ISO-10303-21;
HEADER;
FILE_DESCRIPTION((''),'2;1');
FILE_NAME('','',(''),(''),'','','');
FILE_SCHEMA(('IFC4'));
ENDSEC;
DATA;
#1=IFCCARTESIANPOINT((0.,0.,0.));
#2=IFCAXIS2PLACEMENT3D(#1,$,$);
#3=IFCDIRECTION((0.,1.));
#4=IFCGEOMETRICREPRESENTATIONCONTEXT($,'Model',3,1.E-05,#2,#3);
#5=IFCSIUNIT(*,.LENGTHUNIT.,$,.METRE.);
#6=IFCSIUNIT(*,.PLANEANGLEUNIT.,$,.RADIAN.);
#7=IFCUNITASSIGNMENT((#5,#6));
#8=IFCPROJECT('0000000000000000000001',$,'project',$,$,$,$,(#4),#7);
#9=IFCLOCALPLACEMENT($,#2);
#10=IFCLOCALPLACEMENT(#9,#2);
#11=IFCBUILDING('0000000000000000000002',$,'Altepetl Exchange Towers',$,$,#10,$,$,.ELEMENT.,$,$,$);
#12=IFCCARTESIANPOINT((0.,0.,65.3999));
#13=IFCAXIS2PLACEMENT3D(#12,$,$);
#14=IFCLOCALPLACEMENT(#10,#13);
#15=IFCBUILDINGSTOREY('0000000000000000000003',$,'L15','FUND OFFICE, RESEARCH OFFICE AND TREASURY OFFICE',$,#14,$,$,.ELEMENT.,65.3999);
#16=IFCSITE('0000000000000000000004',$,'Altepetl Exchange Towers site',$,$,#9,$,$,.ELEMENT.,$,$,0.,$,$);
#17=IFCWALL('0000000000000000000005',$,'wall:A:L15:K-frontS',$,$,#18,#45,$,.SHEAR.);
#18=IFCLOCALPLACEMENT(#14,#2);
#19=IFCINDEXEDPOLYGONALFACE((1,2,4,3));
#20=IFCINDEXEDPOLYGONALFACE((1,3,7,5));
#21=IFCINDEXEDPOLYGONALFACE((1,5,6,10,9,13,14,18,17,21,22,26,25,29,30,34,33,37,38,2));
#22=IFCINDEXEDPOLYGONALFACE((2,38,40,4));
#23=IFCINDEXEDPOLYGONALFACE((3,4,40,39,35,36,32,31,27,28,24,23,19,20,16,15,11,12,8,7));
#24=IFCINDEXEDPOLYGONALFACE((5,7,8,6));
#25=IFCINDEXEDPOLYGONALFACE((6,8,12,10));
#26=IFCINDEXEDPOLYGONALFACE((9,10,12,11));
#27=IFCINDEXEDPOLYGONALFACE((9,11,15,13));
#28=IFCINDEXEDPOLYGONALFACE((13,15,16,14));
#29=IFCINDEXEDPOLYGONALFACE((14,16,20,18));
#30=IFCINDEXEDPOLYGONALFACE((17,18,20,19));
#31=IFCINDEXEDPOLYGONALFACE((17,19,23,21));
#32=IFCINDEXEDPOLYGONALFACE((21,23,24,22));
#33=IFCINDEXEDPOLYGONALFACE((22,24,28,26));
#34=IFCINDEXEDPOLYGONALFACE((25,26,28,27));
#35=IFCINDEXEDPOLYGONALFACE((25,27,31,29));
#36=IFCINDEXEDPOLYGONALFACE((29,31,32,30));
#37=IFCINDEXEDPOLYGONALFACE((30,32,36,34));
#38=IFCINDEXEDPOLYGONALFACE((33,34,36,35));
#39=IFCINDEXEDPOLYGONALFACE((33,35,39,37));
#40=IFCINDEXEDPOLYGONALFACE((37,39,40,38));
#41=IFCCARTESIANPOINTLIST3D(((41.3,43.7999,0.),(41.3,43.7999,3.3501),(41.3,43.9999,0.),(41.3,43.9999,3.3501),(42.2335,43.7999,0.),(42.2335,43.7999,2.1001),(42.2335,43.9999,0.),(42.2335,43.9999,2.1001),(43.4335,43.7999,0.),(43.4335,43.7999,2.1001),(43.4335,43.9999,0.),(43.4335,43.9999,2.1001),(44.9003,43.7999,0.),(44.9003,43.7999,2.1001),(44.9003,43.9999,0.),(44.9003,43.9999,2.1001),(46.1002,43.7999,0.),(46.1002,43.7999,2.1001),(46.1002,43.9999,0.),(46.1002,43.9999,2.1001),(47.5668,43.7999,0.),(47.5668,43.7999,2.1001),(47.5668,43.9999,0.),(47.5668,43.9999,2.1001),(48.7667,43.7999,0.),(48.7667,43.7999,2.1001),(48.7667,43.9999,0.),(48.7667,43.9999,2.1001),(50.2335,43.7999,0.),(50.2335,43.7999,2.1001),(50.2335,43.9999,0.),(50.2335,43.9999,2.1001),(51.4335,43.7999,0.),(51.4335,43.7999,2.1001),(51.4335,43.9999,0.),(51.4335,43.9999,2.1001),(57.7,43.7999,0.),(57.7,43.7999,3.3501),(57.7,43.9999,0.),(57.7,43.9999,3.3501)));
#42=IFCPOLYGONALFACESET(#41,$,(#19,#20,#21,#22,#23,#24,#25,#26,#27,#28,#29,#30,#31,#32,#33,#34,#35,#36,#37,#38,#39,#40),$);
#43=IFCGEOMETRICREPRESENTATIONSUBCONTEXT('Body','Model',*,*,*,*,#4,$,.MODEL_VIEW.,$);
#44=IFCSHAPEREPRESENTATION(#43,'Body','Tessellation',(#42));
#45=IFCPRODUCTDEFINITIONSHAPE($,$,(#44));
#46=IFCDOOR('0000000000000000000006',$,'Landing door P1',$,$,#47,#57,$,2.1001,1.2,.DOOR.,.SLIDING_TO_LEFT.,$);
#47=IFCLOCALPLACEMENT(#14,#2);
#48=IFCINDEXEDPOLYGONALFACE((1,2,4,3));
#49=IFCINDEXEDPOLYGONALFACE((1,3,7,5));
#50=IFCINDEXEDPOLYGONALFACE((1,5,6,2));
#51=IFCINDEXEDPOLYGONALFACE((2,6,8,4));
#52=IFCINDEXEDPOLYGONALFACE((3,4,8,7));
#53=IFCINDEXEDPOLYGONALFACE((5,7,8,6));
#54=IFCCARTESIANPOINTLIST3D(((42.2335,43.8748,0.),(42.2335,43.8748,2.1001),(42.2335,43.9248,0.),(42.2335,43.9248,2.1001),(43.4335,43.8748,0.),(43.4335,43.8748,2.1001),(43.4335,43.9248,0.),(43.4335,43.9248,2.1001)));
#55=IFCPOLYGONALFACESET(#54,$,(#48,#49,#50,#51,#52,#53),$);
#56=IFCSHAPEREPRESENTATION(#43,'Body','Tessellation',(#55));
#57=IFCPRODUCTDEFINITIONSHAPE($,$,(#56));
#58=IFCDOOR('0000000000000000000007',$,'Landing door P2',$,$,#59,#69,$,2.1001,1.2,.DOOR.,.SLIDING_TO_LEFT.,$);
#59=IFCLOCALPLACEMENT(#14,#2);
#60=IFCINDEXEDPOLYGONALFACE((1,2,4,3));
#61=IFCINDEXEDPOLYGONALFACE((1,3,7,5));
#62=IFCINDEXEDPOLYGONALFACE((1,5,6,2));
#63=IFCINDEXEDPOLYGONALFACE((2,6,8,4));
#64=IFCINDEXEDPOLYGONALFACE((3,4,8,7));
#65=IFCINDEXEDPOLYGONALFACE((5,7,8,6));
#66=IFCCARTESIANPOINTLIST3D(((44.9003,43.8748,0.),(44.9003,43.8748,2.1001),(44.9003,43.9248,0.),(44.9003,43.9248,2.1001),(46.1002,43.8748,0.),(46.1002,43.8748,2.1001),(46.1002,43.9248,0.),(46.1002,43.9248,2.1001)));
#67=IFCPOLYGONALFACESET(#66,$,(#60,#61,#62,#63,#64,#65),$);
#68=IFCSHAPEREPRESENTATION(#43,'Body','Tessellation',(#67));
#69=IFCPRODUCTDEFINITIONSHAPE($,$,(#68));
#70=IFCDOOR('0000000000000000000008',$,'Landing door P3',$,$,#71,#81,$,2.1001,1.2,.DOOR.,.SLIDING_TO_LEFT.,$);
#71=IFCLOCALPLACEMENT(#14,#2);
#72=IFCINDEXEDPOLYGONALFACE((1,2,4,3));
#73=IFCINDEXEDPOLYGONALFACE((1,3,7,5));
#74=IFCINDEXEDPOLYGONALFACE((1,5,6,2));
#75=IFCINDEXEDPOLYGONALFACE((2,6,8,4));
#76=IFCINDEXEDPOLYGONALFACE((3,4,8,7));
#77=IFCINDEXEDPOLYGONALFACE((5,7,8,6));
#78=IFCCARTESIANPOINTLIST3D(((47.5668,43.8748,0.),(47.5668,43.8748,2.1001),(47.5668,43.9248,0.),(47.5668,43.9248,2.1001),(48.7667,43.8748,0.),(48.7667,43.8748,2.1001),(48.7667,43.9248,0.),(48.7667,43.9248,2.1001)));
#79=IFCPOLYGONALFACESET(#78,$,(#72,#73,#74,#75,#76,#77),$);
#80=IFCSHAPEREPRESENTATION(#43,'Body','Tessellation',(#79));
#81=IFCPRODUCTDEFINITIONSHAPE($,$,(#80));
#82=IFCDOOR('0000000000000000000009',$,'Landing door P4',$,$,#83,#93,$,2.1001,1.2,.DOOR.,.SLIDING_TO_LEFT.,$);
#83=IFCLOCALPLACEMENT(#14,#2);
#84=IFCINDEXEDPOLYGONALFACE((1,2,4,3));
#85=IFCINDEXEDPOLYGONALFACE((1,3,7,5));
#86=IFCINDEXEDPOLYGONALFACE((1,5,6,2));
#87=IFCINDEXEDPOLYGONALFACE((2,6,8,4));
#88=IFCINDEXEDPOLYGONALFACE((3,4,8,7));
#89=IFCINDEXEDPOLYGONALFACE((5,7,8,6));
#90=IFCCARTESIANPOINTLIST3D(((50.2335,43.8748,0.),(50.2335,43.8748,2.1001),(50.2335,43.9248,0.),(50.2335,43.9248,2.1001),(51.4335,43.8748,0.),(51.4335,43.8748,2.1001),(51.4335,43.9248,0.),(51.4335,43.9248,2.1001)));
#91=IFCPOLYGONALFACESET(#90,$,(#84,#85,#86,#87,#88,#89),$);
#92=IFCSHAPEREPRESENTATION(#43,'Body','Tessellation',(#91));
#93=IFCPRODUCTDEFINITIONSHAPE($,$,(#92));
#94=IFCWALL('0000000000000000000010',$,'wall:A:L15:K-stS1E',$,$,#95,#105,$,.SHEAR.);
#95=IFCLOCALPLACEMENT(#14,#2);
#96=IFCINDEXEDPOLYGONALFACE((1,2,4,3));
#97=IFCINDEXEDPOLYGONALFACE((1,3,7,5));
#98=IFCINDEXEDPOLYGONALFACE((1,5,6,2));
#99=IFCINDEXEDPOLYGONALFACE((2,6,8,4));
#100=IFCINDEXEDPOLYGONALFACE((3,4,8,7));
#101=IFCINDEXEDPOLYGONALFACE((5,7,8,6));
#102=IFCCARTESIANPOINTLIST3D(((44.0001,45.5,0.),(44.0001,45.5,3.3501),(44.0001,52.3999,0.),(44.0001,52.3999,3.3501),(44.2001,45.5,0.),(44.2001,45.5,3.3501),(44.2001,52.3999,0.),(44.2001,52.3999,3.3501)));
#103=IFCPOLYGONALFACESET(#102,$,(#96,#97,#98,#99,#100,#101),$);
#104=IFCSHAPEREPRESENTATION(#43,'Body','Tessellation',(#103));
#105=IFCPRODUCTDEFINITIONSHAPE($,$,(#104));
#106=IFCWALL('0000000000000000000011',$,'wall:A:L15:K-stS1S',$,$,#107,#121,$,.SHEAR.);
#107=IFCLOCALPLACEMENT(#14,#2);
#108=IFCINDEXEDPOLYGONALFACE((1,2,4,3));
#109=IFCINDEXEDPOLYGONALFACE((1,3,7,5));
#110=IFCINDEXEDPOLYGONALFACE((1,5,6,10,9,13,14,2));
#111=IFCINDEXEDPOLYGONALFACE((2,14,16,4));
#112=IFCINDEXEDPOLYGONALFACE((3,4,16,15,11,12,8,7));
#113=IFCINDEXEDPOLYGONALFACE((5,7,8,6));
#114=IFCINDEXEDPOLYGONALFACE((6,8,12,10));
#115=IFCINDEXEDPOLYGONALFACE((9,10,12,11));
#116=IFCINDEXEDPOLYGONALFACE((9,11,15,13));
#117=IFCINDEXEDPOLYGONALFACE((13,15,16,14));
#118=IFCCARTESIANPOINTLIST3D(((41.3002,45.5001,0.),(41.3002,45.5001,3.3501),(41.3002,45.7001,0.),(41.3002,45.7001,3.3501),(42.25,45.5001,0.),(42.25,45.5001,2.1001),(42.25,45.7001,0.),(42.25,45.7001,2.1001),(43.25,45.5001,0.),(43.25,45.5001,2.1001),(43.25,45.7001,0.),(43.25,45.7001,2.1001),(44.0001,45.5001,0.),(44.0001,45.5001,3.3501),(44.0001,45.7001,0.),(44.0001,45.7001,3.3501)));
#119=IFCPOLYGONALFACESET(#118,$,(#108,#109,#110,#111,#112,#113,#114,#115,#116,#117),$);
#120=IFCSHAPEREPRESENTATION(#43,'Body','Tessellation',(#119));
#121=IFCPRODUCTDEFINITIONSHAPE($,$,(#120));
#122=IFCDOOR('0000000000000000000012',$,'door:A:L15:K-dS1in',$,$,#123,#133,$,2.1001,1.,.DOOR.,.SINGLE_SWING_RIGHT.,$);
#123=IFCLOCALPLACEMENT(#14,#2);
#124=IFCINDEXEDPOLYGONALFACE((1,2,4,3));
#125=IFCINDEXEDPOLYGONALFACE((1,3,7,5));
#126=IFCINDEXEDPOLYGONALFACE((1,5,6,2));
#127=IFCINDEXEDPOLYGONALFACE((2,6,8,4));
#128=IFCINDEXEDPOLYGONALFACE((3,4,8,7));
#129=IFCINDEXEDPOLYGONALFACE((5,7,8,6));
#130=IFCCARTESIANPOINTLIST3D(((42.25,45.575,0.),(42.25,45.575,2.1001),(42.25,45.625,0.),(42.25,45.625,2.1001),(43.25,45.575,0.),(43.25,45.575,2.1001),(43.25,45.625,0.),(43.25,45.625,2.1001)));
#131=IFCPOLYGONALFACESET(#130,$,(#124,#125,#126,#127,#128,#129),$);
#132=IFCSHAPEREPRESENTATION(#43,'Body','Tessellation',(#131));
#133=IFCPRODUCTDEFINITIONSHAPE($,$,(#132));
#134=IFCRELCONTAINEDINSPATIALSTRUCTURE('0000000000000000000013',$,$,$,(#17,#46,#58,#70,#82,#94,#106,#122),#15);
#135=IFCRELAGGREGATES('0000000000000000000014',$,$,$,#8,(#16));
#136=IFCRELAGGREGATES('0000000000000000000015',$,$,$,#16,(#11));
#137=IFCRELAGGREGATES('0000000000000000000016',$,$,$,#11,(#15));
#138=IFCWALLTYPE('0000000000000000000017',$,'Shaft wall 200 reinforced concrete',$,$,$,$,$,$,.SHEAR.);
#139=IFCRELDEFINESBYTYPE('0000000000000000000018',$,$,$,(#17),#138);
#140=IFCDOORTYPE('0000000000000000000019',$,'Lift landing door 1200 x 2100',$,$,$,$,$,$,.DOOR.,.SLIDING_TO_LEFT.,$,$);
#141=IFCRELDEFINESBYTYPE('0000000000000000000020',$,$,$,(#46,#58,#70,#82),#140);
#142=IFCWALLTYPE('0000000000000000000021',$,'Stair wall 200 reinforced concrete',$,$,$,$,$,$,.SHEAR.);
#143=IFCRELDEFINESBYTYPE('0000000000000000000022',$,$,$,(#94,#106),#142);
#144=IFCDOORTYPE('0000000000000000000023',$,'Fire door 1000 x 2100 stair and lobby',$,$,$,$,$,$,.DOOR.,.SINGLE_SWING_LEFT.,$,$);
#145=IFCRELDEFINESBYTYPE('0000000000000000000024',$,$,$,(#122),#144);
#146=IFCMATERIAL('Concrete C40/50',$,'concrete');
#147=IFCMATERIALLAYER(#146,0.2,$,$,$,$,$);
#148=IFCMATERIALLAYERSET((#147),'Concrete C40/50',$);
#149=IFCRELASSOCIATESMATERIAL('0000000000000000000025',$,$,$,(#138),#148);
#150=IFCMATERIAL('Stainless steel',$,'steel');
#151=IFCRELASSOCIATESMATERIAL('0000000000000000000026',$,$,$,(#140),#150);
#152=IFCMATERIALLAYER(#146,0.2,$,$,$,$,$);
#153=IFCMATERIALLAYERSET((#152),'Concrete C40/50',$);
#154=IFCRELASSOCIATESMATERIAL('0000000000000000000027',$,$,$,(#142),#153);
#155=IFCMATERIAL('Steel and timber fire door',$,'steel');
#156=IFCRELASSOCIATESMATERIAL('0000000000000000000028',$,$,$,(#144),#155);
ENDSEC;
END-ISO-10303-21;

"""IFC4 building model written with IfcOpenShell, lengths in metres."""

from ifc_helpers import new_model, si_unit, direction, frame, frame_2d, origin, place, context, subcontext, project, spatial, rectangle, extrude, material, layer, layer_set, type_object, element, fill, save


model = new_model("IFC4")

# Units and contexts
model_context = context("Model", 3, precision=1e-05, world=origin(), true_north=direction((0.0, 1.0)))
body_context = subcontext(model_context, "Body", "Model", "MODEL_VIEW")
ifc_project = project(units=[si_unit("LENGTHUNIT", "METRE"), si_unit("PLANEANGLEUNIT", "RADIAN")], contexts=[model_context])

# Site, building, storey
site_placement = place(None, origin())
site = spatial("IfcSite", under=ifc_project, at=site_placement, Name="Altepetl Exchange Towers site", CompositionType="ELEMENT", RefElevation=0.0)
building_placement = place(site_placement, origin())
building = spatial("IfcBuilding", under=site, at=building_placement, Name="Altepetl Exchange Towers", CompositionType="ELEMENT")
storey_placement = place(building_placement, frame((0.0, 0.0, 65.3999)))
storey = spatial("IfcBuildingStorey", under=building, at=storey_placement, Name="L15", Description="FUND OFFICE, RESEARCH OFFICE AND TREASURY OFFICE", CompositionType="ELEMENT", Elevation=65.3999)

# Shared definitions
ifc_material_1 = material(Name="Steel and timber fire door", Category="steel")

# Shared definitions
ifc_material_2 = material(Name="Concrete C40/50", Category="concrete")
ifc_layer_1 = layer(ifc_material_2, 0.2)
ifc_layer_set_1 = layer_set([ifc_layer_1], Name="Concrete C40/50")
wall_type_1 = type_object("IfcWallType", Name="Shaft wall 200 reinforced concrete", PredefinedType="SHEAR", material=ifc_layer_set_1)

# Wall, openings, doors
wall_1_placement = place(storey_placement, frame((41.3, 43.8999, 0.0)))
wall_1 = element("IfcWall", 1, at=wall_1_placement, inside=storey, type_object=wall_type_1, Name="wall:A:L15:K-frontS", PredefinedType="SHEAR", context=body_context, shape_type="SweptSolid", body=[
    extrude(rectangle(XDim=16.3999, YDim=0.2, at=frame_2d((8.2, 0.0))), origin(), (0.0, 0.0, 1.0), 3.3501),
])
opening_1_placement = place(wall_1_placement, frame((0.9333, 0.0, 0.0)))
opening_1 = element("IfcOpeningElement", 2, at=opening_1_placement, cuts=wall_1, PredefinedType="OPENING", context=body_context, shape_type="SweptSolid", body=[
    extrude(rectangle(XDim=1.2, YDim=2.1001, at=frame_2d((0.6001, 1.05))), frame((0.0, 0.1099, 0.0), z_axis=(0.0, -1.0, 0.0), x_axis=(1.0, 0.0, 0.0)), (0.0, 0.0, 1.0), 0.22),
])
opening_2_placement = place(wall_1_placement, frame((3.6001, 0.0, 0.0)))
opening_2 = element("IfcOpeningElement", 3, at=opening_2_placement, cuts=wall_1, PredefinedType="OPENING", context=body_context, shape_type="SweptSolid", body=[
    extrude(rectangle(XDim=1.2, YDim=2.1001, at=frame_2d((0.6001, 1.05))), frame((0.0, 0.1099, 0.0), z_axis=(0.0, -1.0, 0.0), x_axis=(1.0, 0.0, 0.0)), (0.0, 0.0, 1.0), 0.22),
])
opening_3_placement = place(wall_1_placement, frame((6.2666, 0.0, 0.0)))
opening_3 = element("IfcOpeningElement", 4, at=opening_3_placement, cuts=wall_1, PredefinedType="OPENING", context=body_context, shape_type="SweptSolid", body=[
    extrude(rectangle(XDim=1.2, YDim=2.1001, at=frame_2d((0.6001, 1.05))), frame((0.0, 0.1099, 0.0), z_axis=(0.0, -1.0, 0.0), x_axis=(1.0, 0.0, 0.0)), (0.0, 0.0, 1.0), 0.22),
])
opening_4_placement = place(wall_1_placement, frame((8.9333, 0.0, 0.0)))
opening_4 = element("IfcOpeningElement", 5, at=opening_4_placement, cuts=wall_1, PredefinedType="OPENING", context=body_context, shape_type="SweptSolid", body=[
    extrude(rectangle(XDim=1.2, YDim=2.1001, at=frame_2d((0.6001, 1.05))), frame((0.0, 0.1099, 0.0), z_axis=(0.0, -1.0, 0.0), x_axis=(1.0, 0.0, 0.0)), (0.0, 0.0, 1.0), 0.22),
])
ifc_material_3 = material(Name="Stainless steel", Category="steel")
door_type_1 = type_object("IfcDoorType", Name="Lift landing door 1200 x 2100", OperationType="SLIDING_TO_LEFT", PredefinedType="DOOR", material=ifc_material_3)
door_1_placement = place(opening_1_placement, origin())
door_1 = element("IfcDoor", 6, at=door_1_placement, inside=storey, type_object=door_type_1, Name="Landing door P1", OperationType="SLIDING_TO_LEFT", OverallHeight=2.1001, OverallWidth=1.2, PredefinedType="DOOR", context=body_context, shape_type="SweptSolid", body=[
    extrude(rectangle(XDim=1.2, YDim=2.1001, at=frame_2d((0.6001, 1.05))), frame((0.0, 0.0249, 0.0), z_axis=(0.0, -1.0, 0.0), x_axis=(1.0, 0.0, 0.0)), (0.0, 0.0, 1.0), 0.05),
])
fill(opening_1, door_1)
door_2_placement = place(opening_2_placement, origin())
door_2 = element("IfcDoor", 7, at=door_2_placement, inside=storey, type_object=door_type_1, Name="Landing door P2", OperationType="SLIDING_TO_LEFT", OverallHeight=2.1001, OverallWidth=1.2, PredefinedType="DOOR", context=body_context, shape_type="SweptSolid", body=[
    extrude(rectangle(XDim=1.2, YDim=2.1001, at=frame_2d((0.6001, 1.05))), frame((0.0, 0.0249, 0.0), z_axis=(0.0, -1.0, 0.0), x_axis=(1.0, 0.0, 0.0)), (0.0, 0.0, 1.0), 0.05),
])
fill(opening_2, door_2)
door_3_placement = place(opening_3_placement, origin())
door_3 = element("IfcDoor", 8, at=door_3_placement, inside=storey, type_object=door_type_1, Name="Landing door P3", OperationType="SLIDING_TO_LEFT", OverallHeight=2.1001, OverallWidth=1.2, PredefinedType="DOOR", context=body_context, shape_type="SweptSolid", body=[
    extrude(rectangle(XDim=1.2, YDim=2.1001, at=frame_2d((0.6001, 1.05))), frame((0.0, 0.0249, 0.0), z_axis=(0.0, -1.0, 0.0), x_axis=(1.0, 0.0, 0.0)), (0.0, 0.0, 1.0), 0.05),
])
fill(opening_3, door_3)
door_4_placement = place(opening_4_placement, origin())
door_4 = element("IfcDoor", 9, at=door_4_placement, inside=storey, type_object=door_type_1, Name="Landing door P4", OperationType="SLIDING_TO_LEFT", OverallHeight=2.1001, OverallWidth=1.2, PredefinedType="DOOR", context=body_context, shape_type="SweptSolid", body=[
    extrude(rectangle(XDim=1.2, YDim=2.1001, at=frame_2d((0.6001, 1.05))), frame((0.0, 0.0249, 0.0), z_axis=(0.0, -1.0, 0.0), x_axis=(1.0, 0.0, 0.0)), (0.0, 0.0, 1.0), 0.05),
])
fill(opening_4, door_4)

# Wall
ifc_layer_2 = layer(ifc_material_2, 0.2)
ifc_layer_set_2 = layer_set([ifc_layer_2], Name="Concrete C40/50")
wall_type_2 = type_object("IfcWallType", Name="Stair wall 200 reinforced concrete", PredefinedType="SHEAR", material=ifc_layer_set_2)
wall_2_placement = place(storey_placement, frame((44.1001, 45.5, 0.0), z_axis=(0.0, 0.0, 1.0), x_axis=(0.0, 1.0, 0.0)))
element("IfcWall", 10, at=wall_2_placement, inside=storey, type_object=wall_type_2, Name="wall:A:L15:K-stS1E", PredefinedType="SHEAR", context=body_context, shape_type="SweptSolid", body=[
    extrude(rectangle(XDim=6.8999, YDim=0.2, at=frame_2d((3.45, 0.0))), origin(), (0.0, 0.0, 1.0), 3.3501),
])

# Wall, opening, door
wall_3_placement = place(storey_placement, frame((41.3, 45.6001, 0.0)))
wall_3 = element("IfcWall", 11, at=wall_3_placement, inside=storey, type_object=wall_type_2, Name="wall:A:L15:K-stS1S", PredefinedType="SHEAR", context=body_context, shape_type="SweptSolid", body=[
    extrude(rectangle(XDim=2.7, YDim=0.2, at=frame_2d((1.3501, 0.0))), origin(), (0.0, 0.0, 1.0), 3.3501),
])
opening_5_placement = place(wall_3_placement, frame((0.95, 0.0, 0.0)))
opening_5 = element("IfcOpeningElement", 12, at=opening_5_placement, cuts=wall_3, PredefinedType="OPENING", context=body_context, shape_type="SweptSolid", body=[
    extrude(rectangle(XDim=1.0, YDim=2.1001, at=frame_2d((0.5, 1.05))), frame((0.0, 0.1099, 0.0), z_axis=(0.0, -1.0, 0.0), x_axis=(1.0, 0.0, 0.0)), (0.0, 0.0, 1.0), 0.22),
])
door_type_2 = type_object("IfcDoorType", Name="Fire door 1000 x 2100 stair and lobby", OperationType="SINGLE_SWING_LEFT", PredefinedType="DOOR", material=ifc_material_1)
door_5_placement = place(opening_5_placement, origin())
door_5 = element("IfcDoor", 13, at=door_5_placement, inside=storey, type_object=door_type_2, Name="door:A:L15:K-dS1in", OperationType="SINGLE_SWING_RIGHT", OverallHeight=2.1001, OverallWidth=1.0, PredefinedType="DOOR", context=body_context, shape_type="SweptSolid", body=[
    extrude(rectangle(XDim=1.0, YDim=2.1001, at=frame_2d((0.5, 1.05))), frame((0.0, 0.0249, 0.0), z_axis=(0.0, -1.0, 0.0), x_axis=(1.0, 0.0, 0.0)), (0.0, 0.0, 1.0), 0.05),
])
fill(opening_5, door_5)

save(model, "model.ifc")
